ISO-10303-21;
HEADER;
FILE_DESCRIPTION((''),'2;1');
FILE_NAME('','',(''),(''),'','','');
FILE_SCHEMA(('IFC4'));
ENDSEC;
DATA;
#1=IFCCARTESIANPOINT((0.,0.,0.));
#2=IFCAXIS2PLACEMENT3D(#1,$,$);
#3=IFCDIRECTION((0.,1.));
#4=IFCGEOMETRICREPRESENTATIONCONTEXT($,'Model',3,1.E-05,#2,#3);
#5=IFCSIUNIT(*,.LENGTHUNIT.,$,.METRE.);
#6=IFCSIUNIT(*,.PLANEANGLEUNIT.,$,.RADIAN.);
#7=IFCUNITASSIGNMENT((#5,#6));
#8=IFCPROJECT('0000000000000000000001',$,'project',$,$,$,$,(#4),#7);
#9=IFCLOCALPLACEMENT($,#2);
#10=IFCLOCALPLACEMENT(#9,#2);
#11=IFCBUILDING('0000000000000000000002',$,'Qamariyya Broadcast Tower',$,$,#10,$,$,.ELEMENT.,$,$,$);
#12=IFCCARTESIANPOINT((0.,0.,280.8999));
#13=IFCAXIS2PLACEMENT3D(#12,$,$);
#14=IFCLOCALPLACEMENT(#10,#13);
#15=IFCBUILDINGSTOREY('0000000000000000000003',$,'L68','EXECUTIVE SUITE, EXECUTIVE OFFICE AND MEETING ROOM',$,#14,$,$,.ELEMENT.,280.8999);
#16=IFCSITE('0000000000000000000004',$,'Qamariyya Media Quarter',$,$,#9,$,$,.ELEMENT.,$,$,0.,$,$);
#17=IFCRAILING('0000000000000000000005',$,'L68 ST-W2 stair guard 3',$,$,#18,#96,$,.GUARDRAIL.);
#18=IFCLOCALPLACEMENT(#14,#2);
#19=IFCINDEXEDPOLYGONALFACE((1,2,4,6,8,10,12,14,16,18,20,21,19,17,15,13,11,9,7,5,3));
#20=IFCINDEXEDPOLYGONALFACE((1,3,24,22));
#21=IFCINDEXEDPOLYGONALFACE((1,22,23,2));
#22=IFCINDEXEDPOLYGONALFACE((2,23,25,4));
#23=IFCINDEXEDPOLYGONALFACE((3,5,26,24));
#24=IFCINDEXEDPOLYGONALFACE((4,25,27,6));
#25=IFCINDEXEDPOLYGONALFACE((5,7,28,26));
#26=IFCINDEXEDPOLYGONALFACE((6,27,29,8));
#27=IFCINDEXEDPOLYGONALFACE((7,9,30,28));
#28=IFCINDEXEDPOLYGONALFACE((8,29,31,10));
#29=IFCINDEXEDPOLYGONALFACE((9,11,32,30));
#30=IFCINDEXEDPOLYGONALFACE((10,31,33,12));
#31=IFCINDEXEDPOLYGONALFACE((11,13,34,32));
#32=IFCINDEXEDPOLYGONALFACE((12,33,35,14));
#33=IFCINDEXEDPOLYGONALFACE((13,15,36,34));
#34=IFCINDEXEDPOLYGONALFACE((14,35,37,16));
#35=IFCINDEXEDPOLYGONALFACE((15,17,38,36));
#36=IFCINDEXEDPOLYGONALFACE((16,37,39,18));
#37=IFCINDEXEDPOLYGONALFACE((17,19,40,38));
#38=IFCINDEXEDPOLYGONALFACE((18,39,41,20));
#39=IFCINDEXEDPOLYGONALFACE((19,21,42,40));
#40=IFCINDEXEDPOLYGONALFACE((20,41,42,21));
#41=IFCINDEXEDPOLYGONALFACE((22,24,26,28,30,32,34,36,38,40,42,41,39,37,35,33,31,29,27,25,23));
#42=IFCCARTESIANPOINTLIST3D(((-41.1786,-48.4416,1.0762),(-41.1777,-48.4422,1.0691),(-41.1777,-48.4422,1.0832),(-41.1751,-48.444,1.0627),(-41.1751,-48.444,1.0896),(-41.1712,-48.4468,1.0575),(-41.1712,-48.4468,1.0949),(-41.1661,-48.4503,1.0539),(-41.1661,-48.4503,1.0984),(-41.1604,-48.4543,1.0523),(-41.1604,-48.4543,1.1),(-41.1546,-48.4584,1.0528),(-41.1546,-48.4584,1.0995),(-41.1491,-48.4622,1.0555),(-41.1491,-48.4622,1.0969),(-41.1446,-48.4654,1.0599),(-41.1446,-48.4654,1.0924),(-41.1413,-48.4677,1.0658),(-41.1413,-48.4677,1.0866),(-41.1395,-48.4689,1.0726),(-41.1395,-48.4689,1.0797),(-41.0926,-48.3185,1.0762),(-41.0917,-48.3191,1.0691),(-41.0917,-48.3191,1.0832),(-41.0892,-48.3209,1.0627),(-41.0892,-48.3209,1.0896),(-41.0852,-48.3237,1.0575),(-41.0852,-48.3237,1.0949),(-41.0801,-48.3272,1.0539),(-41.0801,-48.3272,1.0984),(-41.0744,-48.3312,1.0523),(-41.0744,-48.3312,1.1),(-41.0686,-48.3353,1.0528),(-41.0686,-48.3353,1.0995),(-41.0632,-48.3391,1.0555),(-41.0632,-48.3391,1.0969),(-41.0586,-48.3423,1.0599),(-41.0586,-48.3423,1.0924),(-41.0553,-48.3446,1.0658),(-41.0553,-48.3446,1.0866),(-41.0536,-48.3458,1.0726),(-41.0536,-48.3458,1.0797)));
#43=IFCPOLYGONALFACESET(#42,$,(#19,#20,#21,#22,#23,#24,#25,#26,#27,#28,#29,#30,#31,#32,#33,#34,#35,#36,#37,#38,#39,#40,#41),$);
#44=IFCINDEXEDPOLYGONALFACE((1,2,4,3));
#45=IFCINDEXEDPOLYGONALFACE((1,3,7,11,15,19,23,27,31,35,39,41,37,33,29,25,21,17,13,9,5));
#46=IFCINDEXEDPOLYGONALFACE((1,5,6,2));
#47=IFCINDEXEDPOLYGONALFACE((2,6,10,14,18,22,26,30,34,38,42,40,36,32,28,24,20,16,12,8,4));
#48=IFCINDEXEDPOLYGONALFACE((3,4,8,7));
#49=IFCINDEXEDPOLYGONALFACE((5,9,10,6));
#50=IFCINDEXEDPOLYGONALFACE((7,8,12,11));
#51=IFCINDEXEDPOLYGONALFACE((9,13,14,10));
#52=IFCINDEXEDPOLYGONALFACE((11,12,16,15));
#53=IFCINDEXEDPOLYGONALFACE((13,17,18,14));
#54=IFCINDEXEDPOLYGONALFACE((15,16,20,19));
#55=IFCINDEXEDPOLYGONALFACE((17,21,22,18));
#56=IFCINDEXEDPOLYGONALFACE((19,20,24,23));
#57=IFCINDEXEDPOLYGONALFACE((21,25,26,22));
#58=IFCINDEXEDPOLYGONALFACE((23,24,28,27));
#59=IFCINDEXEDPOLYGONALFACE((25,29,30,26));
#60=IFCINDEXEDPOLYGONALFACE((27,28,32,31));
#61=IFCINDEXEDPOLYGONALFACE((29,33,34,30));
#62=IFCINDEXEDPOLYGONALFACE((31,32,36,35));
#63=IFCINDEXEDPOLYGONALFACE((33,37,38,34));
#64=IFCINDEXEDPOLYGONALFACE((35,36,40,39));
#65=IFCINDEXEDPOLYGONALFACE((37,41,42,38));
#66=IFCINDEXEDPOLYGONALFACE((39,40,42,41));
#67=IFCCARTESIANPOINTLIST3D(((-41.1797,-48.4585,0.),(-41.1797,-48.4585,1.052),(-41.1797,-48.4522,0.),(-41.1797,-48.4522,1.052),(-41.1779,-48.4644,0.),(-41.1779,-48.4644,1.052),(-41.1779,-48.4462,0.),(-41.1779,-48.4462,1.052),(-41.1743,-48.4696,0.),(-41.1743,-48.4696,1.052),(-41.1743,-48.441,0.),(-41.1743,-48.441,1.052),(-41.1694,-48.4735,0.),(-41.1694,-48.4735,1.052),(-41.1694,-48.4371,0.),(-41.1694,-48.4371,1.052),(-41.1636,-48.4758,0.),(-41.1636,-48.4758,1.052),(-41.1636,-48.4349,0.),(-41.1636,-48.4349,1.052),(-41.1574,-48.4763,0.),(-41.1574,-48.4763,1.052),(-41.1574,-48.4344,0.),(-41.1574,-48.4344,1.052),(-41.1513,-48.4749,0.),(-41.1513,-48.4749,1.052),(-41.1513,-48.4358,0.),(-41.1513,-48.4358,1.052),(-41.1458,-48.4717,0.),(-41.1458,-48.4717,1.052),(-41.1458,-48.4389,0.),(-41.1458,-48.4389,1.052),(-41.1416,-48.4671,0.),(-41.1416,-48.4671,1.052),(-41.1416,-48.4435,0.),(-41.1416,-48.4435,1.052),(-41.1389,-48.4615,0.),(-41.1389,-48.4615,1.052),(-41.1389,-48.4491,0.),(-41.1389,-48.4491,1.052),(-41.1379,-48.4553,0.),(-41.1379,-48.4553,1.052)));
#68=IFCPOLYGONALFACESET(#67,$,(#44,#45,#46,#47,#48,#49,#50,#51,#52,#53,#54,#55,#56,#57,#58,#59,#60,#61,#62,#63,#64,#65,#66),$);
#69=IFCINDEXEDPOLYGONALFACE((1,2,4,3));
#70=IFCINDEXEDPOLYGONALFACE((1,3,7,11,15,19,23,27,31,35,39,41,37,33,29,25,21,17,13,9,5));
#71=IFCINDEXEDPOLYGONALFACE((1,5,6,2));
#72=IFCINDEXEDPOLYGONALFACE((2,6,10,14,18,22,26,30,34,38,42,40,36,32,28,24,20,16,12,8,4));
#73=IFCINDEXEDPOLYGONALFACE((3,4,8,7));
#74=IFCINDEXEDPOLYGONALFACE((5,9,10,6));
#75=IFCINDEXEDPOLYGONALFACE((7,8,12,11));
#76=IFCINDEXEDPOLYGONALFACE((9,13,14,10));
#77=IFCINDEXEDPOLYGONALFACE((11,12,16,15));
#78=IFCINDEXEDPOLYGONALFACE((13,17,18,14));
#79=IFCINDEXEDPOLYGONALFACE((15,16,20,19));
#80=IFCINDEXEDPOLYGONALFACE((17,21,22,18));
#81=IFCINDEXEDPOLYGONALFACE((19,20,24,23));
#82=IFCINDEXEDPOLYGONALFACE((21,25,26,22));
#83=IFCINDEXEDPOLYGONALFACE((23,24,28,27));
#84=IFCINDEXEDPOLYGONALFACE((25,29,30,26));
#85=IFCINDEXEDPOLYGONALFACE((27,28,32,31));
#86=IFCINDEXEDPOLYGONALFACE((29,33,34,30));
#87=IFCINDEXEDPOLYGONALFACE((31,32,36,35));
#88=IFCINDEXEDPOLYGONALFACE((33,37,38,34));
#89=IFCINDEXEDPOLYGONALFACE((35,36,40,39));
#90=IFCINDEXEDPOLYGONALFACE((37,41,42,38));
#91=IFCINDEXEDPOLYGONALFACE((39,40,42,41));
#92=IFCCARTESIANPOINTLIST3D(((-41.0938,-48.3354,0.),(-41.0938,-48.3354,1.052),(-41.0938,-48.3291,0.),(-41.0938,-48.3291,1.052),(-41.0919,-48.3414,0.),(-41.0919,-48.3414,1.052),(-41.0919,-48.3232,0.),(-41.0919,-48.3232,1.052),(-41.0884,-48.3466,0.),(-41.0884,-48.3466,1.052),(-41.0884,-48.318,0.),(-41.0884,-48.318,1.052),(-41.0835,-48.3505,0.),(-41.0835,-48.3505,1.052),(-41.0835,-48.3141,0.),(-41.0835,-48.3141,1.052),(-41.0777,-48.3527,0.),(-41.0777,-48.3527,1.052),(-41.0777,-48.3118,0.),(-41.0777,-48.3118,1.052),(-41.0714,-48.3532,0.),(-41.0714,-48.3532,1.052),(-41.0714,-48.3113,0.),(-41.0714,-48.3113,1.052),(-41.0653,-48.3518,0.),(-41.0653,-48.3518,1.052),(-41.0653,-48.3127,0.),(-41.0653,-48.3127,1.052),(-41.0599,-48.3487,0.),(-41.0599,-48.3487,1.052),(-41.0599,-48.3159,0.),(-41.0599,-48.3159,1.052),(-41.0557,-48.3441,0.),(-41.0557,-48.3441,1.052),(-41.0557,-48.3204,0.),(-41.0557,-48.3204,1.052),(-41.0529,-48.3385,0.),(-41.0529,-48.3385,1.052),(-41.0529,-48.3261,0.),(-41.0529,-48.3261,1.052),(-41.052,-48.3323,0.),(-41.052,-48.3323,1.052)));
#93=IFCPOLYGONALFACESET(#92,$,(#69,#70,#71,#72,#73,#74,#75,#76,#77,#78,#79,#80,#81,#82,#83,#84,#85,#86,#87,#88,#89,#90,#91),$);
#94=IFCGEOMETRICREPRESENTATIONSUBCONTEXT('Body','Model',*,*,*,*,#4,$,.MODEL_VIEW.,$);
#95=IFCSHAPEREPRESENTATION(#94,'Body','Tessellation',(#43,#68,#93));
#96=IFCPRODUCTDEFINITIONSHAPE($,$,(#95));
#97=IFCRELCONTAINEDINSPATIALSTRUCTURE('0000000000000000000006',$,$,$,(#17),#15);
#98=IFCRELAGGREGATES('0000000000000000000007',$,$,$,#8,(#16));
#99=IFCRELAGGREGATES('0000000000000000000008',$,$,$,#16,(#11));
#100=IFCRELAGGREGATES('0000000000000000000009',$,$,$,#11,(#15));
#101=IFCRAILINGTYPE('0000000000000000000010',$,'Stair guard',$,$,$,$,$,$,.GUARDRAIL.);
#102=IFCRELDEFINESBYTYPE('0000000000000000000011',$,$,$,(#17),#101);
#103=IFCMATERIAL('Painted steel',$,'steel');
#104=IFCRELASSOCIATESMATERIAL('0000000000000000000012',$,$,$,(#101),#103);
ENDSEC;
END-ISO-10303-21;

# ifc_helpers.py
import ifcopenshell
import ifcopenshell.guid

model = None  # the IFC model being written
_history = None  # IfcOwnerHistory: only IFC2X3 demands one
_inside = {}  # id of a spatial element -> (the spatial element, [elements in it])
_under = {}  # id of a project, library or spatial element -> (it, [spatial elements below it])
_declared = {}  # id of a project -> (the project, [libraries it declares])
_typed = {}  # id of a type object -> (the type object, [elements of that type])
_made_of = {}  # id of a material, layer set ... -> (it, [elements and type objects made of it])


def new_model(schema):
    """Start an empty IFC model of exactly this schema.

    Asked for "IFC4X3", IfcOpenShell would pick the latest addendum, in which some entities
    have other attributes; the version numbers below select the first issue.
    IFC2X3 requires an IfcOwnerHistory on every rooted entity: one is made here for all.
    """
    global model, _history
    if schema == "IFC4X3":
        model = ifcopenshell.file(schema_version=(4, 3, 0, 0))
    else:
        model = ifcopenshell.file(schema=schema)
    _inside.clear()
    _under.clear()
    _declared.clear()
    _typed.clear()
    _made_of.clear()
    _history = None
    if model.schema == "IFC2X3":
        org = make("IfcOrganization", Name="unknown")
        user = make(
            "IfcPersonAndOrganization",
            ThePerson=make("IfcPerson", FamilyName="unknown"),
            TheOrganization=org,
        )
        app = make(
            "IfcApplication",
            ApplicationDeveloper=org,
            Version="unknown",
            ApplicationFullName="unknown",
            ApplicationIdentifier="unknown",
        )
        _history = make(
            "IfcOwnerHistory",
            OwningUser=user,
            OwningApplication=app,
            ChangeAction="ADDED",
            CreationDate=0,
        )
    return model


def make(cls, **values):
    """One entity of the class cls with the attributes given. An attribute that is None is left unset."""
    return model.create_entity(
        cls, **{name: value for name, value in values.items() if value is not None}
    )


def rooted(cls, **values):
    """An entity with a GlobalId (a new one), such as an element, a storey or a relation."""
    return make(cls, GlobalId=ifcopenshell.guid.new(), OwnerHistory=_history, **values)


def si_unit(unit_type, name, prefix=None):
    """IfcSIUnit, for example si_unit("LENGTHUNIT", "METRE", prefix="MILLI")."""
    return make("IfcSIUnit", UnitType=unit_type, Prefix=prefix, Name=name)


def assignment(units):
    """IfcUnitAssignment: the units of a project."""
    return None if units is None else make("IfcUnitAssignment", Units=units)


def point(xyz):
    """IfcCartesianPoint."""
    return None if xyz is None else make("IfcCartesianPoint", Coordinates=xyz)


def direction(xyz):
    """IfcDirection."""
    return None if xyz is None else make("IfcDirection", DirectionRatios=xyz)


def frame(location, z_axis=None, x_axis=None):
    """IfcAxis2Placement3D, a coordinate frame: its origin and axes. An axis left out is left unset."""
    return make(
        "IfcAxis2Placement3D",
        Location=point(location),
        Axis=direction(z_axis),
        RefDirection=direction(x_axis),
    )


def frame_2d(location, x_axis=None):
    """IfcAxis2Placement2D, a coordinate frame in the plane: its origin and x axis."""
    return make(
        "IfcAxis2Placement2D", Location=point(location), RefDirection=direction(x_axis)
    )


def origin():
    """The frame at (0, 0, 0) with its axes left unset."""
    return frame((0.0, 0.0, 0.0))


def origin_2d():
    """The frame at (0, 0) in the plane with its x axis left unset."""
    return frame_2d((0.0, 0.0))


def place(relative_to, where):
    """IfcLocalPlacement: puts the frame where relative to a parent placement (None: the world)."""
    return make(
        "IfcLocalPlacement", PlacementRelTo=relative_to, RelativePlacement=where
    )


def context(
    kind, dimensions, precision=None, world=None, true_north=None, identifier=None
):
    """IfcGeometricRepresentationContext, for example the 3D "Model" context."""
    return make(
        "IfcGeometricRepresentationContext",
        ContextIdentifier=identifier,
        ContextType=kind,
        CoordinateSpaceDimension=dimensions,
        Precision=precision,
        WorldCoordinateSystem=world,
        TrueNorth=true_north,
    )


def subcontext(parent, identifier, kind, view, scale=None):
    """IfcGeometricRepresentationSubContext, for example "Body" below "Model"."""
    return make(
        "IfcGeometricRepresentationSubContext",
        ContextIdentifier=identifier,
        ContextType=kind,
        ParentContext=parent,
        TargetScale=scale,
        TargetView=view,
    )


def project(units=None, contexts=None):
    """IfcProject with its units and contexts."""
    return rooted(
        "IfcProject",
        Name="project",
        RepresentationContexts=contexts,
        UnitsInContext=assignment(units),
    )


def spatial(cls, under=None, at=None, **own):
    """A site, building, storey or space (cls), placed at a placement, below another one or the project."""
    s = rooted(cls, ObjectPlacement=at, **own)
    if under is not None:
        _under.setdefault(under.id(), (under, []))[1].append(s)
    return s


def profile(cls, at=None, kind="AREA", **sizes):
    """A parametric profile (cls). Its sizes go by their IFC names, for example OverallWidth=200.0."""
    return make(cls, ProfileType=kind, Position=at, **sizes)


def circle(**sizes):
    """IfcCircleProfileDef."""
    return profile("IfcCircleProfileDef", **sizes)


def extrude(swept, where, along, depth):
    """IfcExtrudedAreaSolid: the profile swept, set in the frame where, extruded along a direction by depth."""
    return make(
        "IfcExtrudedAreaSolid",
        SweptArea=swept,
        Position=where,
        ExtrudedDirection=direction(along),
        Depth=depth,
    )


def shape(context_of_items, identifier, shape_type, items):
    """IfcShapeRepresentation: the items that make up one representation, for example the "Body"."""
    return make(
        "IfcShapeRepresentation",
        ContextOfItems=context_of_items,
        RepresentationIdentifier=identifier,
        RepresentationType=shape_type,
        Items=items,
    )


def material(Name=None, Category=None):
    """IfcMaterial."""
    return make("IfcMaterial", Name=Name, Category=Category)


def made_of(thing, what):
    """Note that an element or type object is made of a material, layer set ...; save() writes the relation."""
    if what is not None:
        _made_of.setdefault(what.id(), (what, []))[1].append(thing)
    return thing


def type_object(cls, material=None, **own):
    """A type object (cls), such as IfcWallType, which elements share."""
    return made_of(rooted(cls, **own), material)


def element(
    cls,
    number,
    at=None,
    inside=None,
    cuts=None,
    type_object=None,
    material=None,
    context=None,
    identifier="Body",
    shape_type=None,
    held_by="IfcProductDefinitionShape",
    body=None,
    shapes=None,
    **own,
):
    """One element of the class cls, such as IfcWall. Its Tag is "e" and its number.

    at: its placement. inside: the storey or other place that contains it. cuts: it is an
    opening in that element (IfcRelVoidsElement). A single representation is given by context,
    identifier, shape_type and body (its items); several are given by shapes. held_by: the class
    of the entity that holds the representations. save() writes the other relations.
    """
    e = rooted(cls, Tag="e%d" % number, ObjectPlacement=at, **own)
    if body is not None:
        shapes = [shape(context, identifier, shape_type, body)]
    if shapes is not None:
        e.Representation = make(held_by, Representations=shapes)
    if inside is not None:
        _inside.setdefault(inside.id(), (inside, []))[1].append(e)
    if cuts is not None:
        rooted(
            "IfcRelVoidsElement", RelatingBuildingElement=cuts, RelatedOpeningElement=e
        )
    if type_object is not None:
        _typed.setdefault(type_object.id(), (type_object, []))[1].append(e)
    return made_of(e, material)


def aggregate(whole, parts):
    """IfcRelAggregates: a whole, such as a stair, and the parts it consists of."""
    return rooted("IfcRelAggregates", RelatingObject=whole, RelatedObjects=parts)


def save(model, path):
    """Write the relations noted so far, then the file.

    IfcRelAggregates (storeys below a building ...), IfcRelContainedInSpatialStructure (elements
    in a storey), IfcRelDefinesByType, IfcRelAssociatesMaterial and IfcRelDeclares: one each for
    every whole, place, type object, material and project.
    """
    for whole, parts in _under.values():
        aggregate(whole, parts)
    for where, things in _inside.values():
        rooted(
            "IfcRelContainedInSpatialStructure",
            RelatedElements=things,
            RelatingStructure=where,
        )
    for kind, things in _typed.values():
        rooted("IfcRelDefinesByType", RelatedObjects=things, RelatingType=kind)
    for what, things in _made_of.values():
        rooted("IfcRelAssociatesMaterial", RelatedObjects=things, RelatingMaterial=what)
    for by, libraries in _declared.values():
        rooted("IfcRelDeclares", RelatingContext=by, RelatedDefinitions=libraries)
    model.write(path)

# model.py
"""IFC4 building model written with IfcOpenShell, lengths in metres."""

from ifc_helpers import new_model, si_unit, direction, frame, origin, origin_2d, place, context, subcontext, project, spatial, circle, extrude, material, type_object, element, save


model = new_model("IFC4")

# Units and contexts
model_context = context("Model", 3, precision=1e-05, world=origin(), true_north=direction((0.0, 1.0)))
body_context = subcontext(model_context, "Body", "Model", "MODEL_VIEW")
ifc_project = project(units=[si_unit("LENGTHUNIT", "METRE"), si_unit("PLANEANGLEUNIT", "RADIAN")], contexts=[model_context])

# Site, building, storey
site_placement = place(None, origin())
site = spatial("IfcSite", under=ifc_project, at=site_placement, Name="Qamariyya Media Quarter", CompositionType="ELEMENT", RefElevation=0.0)
building_placement = place(site_placement, origin())
building = spatial("IfcBuilding", under=site, at=building_placement, Name="Qamariyya Broadcast Tower", CompositionType="ELEMENT")
storey_placement = place(building_placement, frame((0.0, 0.0, 280.8999)))
storey = spatial("IfcBuildingStorey", under=building, at=storey_placement, Name="L68", Description="EXECUTIVE SUITE, EXECUTIVE OFFICE AND MEETING ROOM", CompositionType="ELEMENT", Elevation=280.8999)

# Railing
ifc_material_1 = material(Name="Painted steel", Category="steel")
railing_type_1 = type_object("IfcRailingType", Name="Stair guard", PredefinedType="GUARDRAIL", material=ifc_material_1)
railing_1_placement = place(storey_placement, frame((-41.1589, -48.4553, 0.0)))
element("IfcRailing", 1, at=railing_1_placement, inside=storey, type_object=railing_type_1, Name="L68 ST-W2 stair guard 3", PredefinedType="GUARDRAIL", context=body_context, shape_type="SweptSolid", body=[
    extrude(circle(Radius=0.0239, at=origin_2d()), frame((0.0, 0.0, 1.0762), z_axis=(0.572589, 0.819843, 0.0), x_axis=(-0.819843, 0.572589, 0.0)), (0.0, 0.0, 1.0), 0.1501),
    extrude(circle(Radius=0.021, at=origin_2d()), origin(), (0.0, 0.0, 1.0), 1.052),
    extrude(circle(Radius=0.021, at=origin_2d()), frame((0.0859, 0.123, 0.0)), (0.0, 0.0, 1.0), 1.052),
])

save(model, "model.ifc")
